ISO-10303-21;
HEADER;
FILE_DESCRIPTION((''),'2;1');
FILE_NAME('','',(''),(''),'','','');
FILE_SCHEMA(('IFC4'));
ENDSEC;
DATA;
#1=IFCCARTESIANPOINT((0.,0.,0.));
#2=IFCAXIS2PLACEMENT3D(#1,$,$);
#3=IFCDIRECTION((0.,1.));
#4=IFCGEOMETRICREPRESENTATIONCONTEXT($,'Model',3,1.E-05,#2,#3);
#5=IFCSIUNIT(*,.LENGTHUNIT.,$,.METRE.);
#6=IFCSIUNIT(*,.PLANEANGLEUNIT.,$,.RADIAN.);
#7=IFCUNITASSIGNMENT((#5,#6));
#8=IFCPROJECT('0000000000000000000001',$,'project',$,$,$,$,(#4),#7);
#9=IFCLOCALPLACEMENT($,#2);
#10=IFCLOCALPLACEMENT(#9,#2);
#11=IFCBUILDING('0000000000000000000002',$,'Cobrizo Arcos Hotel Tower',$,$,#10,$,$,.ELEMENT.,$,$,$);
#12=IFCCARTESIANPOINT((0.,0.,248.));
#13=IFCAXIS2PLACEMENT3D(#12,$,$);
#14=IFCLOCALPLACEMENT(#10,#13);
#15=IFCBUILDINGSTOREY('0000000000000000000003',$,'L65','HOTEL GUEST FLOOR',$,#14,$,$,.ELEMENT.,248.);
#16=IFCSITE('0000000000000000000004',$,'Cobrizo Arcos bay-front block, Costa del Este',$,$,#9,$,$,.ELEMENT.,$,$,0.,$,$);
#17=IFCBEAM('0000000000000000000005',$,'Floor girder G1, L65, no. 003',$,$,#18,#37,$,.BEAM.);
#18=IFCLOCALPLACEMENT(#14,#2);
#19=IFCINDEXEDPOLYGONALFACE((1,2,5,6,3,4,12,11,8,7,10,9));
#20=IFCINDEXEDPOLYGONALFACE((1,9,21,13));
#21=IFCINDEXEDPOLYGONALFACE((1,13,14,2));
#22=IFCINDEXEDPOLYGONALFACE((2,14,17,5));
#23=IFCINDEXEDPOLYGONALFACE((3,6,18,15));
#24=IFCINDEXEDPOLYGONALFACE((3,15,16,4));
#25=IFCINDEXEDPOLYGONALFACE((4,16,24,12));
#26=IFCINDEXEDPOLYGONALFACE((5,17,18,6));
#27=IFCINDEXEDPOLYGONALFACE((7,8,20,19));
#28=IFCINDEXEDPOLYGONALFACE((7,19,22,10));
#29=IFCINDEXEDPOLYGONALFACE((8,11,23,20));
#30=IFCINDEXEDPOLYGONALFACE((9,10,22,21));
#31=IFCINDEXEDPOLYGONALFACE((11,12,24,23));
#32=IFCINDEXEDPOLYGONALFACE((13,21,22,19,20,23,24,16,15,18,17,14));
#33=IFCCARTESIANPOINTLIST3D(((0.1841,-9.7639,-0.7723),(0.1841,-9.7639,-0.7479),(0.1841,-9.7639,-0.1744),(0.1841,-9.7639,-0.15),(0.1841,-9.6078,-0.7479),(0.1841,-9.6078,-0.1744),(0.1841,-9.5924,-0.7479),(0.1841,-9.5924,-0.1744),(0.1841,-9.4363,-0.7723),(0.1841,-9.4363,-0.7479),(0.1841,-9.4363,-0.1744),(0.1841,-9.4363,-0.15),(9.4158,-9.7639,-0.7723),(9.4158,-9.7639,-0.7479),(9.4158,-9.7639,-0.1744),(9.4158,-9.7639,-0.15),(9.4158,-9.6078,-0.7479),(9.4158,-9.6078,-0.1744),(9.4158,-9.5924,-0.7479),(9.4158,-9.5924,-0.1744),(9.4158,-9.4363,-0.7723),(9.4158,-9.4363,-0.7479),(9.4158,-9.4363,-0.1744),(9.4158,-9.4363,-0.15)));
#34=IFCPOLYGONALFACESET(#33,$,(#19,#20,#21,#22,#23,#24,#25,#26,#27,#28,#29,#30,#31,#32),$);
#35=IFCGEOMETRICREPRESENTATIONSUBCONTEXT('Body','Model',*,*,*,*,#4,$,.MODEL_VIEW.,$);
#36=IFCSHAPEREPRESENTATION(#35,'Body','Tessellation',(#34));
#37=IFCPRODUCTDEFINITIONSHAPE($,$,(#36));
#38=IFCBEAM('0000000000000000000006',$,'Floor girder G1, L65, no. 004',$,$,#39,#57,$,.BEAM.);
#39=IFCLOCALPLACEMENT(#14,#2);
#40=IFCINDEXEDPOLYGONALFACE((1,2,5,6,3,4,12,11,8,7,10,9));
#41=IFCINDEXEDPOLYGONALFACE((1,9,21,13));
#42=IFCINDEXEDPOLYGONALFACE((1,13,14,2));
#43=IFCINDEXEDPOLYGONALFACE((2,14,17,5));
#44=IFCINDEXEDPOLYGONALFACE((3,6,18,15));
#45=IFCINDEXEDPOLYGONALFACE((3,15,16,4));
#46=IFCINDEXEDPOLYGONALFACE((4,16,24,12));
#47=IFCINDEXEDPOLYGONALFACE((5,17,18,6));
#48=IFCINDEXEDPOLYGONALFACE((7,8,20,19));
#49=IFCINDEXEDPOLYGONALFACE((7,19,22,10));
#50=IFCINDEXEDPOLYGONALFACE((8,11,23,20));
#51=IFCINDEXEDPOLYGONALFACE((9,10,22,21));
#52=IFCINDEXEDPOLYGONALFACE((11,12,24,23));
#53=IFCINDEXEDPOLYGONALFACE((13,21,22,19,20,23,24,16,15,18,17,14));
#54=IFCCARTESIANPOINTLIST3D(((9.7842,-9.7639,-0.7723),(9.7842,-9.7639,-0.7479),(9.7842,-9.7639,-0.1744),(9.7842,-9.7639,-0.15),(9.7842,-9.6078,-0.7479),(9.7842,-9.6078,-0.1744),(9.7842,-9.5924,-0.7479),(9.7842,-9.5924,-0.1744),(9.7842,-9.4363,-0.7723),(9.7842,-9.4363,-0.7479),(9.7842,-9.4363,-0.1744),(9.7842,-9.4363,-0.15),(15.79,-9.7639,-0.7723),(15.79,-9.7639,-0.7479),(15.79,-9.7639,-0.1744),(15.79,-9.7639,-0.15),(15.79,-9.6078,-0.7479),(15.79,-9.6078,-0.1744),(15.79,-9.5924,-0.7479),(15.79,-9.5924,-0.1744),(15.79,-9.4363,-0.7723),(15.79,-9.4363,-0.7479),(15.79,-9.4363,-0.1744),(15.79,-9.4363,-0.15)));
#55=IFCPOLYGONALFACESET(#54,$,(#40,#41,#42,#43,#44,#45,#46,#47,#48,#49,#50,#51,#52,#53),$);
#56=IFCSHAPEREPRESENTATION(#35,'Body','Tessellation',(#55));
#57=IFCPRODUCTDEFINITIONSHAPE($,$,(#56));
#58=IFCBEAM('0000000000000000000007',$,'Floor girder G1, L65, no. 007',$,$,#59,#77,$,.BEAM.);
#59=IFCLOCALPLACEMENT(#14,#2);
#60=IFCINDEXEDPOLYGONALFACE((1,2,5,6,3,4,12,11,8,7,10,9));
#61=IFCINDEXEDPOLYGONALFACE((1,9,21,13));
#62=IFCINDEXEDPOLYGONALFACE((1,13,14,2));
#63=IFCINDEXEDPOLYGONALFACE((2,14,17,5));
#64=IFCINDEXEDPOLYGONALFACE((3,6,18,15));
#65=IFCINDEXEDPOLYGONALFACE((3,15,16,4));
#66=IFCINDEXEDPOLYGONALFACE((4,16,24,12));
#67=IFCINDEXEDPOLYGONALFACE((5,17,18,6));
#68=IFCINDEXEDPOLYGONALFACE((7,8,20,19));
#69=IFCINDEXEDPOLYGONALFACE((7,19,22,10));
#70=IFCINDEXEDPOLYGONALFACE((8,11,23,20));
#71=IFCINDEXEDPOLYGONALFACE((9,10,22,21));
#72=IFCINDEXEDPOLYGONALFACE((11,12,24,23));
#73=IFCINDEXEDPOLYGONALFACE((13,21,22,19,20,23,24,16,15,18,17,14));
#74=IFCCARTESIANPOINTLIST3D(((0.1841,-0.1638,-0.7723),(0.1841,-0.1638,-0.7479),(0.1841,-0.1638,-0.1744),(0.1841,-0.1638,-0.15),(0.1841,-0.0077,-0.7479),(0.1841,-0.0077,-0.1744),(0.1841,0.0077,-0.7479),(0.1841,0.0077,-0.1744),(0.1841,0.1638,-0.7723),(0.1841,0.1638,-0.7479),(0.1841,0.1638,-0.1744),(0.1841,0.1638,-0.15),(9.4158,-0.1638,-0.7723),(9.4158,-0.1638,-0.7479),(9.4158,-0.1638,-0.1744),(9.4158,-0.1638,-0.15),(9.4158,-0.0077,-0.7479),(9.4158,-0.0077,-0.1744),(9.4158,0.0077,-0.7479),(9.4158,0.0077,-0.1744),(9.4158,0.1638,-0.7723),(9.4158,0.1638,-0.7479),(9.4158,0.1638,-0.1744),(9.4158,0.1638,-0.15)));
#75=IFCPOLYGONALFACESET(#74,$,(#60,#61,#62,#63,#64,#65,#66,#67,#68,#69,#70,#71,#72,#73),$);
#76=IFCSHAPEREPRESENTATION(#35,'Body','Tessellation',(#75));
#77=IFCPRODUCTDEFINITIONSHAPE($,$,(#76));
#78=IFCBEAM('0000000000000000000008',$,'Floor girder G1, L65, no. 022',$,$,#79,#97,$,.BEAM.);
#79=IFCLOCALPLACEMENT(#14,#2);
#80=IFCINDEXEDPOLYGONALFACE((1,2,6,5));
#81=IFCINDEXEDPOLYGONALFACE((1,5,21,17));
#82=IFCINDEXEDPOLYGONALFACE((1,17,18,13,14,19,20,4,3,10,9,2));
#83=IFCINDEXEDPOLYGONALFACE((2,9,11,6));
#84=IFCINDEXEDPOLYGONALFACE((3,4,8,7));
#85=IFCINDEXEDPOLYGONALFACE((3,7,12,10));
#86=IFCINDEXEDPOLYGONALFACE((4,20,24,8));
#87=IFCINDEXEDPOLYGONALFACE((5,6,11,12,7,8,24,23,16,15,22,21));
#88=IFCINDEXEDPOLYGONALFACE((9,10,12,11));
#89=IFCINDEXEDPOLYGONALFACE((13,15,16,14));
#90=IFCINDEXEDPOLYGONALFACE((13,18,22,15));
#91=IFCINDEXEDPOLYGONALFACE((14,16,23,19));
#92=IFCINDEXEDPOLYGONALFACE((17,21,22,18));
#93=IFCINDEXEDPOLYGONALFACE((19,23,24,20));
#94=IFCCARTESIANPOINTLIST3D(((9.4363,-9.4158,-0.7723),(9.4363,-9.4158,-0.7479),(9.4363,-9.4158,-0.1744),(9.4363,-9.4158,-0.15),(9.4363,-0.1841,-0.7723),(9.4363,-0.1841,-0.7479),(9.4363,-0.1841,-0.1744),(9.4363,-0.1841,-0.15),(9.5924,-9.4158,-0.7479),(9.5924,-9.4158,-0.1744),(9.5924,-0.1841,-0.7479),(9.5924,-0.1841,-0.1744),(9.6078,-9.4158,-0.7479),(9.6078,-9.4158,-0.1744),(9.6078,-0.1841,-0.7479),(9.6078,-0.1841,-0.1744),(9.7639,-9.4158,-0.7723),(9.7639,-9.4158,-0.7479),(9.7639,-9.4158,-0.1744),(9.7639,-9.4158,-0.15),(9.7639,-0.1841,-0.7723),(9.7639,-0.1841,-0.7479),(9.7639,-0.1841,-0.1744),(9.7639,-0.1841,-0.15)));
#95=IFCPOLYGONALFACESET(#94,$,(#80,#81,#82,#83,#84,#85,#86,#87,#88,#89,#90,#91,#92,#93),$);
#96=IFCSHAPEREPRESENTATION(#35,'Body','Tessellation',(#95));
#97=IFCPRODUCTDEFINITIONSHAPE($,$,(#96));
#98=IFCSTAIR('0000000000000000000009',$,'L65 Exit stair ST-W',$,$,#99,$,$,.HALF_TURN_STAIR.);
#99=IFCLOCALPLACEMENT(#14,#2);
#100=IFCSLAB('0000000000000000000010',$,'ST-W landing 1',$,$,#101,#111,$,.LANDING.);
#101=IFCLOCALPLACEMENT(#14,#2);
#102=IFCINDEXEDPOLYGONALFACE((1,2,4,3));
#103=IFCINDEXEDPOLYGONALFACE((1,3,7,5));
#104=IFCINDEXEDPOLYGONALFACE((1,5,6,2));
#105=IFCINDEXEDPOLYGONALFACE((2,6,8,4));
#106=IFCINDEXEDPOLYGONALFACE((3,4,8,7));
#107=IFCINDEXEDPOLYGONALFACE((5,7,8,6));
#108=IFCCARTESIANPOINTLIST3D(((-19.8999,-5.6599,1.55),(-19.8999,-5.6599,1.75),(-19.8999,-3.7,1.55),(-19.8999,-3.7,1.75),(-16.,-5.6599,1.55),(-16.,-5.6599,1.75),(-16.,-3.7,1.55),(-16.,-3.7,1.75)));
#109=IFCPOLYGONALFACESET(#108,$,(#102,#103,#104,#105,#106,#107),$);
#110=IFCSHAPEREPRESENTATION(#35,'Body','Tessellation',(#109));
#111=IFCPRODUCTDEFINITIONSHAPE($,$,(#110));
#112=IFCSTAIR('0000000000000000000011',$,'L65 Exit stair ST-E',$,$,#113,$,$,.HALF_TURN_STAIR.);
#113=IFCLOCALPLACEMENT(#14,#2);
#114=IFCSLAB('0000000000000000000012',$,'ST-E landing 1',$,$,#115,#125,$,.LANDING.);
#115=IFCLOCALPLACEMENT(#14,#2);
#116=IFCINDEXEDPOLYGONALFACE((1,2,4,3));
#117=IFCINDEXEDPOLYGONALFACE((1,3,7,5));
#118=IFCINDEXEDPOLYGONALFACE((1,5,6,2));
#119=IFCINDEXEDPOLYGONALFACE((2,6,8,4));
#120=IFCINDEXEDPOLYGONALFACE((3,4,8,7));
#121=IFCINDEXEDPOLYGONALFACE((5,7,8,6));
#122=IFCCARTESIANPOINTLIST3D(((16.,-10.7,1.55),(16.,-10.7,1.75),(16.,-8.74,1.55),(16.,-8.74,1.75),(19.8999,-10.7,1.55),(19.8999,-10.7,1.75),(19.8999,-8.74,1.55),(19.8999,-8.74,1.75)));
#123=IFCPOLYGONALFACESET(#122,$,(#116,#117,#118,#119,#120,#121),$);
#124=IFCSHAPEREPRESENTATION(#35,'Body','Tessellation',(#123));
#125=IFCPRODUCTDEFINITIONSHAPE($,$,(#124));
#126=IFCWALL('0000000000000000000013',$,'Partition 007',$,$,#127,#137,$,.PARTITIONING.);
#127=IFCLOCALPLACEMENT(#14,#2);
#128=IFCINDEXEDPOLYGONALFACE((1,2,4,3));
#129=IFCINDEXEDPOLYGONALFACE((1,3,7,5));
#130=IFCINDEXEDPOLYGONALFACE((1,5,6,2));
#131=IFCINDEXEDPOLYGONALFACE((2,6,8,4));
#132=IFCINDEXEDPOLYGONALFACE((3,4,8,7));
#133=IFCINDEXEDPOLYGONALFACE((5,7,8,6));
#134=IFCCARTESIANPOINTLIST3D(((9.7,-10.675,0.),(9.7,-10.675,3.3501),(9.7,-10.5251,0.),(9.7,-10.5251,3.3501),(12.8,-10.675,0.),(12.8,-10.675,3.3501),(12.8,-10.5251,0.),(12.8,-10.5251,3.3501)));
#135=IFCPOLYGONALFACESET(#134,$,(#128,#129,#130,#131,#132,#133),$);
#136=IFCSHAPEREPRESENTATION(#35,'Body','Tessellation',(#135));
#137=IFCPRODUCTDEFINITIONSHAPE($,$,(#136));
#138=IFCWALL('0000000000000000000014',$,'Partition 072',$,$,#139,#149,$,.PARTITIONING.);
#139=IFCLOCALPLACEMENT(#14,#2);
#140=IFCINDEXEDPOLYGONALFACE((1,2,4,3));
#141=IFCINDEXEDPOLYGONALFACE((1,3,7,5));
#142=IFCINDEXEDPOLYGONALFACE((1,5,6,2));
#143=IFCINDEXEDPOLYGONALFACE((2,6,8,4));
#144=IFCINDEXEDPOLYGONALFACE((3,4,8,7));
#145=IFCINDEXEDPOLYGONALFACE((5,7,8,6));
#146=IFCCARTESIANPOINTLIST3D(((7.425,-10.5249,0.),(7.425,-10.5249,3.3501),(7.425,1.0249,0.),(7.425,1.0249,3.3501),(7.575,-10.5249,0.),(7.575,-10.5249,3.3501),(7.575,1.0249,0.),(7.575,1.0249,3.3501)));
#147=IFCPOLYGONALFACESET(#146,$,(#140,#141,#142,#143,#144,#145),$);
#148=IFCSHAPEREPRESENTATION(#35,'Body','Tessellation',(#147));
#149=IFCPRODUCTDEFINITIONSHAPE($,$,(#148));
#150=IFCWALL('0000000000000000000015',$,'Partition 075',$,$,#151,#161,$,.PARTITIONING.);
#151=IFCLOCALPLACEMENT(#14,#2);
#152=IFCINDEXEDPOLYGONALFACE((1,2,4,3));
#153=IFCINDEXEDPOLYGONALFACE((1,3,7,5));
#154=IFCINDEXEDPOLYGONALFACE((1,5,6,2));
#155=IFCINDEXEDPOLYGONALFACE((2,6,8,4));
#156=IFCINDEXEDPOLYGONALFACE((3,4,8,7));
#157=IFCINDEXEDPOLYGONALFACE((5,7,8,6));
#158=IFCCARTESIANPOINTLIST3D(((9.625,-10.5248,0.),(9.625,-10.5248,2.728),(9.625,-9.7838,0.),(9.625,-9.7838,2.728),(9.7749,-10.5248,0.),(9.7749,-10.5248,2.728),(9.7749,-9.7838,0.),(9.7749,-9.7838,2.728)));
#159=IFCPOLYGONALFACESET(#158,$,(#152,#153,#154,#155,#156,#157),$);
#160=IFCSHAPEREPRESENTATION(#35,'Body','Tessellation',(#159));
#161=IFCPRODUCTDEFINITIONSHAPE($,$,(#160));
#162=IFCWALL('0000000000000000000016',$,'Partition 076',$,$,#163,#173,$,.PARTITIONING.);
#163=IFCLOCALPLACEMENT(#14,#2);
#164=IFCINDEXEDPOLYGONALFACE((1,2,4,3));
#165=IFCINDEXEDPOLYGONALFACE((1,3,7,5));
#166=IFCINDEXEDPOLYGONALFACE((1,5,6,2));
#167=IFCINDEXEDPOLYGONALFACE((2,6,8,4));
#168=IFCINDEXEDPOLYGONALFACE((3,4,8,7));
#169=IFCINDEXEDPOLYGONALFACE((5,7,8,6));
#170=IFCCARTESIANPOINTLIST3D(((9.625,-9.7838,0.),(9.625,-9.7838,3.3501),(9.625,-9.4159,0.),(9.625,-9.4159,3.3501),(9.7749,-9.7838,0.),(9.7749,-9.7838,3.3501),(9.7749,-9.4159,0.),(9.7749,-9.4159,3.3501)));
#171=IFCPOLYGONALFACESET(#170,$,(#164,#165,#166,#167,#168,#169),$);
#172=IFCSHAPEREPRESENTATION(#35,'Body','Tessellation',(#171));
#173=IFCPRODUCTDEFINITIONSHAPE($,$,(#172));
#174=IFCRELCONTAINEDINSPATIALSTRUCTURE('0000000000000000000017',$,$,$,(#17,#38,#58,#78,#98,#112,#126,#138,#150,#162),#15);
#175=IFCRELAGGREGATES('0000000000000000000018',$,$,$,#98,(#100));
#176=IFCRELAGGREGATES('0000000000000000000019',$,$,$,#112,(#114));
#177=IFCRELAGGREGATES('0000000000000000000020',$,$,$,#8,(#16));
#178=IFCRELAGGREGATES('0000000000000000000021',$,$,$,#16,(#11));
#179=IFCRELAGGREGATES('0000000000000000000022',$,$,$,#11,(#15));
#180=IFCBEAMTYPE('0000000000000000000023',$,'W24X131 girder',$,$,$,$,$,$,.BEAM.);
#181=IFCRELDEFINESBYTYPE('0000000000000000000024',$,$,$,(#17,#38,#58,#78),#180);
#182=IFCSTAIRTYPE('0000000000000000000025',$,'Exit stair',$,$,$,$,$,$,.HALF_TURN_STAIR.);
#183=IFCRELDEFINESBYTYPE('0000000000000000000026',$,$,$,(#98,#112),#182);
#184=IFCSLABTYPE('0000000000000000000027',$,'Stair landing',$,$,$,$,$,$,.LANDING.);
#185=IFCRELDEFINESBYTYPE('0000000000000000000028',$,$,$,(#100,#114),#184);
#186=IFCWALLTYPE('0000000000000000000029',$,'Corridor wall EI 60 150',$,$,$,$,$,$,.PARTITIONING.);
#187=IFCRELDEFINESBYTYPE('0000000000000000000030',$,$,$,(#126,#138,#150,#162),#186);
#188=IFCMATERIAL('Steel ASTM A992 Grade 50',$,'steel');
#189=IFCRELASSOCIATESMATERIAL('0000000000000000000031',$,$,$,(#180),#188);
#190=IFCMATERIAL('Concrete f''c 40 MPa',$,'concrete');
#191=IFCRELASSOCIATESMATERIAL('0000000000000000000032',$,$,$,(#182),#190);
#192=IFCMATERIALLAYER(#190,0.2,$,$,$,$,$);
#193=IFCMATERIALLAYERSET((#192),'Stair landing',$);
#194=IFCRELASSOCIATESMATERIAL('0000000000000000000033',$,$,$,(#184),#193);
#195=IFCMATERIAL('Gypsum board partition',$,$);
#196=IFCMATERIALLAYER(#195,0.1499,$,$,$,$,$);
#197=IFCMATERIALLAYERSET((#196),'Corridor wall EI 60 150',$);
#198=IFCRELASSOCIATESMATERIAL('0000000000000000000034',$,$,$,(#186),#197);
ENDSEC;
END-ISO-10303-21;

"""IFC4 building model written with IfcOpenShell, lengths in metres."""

from ifc_helpers import new_model, si_unit, direction, frame, frame_2d, origin, origin_2d, place, context, subcontext, project, spatial, polyline, rectangle, i_section, outline, extrude, material, layer, layer_set, material_profile, profile_set, type_object, element, aggregate, save


model = new_model("IFC4")

# Units and contexts
model_context = context("Model", 3, precision=1e-05, world=origin(), true_north=direction((0.0, 1.0)))
body_context = subcontext(model_context, "Body", "Model", "MODEL_VIEW")
ifc_project = project(units=[si_unit("LENGTHUNIT", "METRE"), si_unit("PLANEANGLEUNIT", "RADIAN")], contexts=[model_context])

# Site, building, storey
site_placement = place(None, origin())
site = spatial("IfcSite", under=ifc_project, at=site_placement, Name="Cobrizo Arcos bay-front block, Costa del Este", CompositionType="ELEMENT", RefElevation=0.0)
building_placement = place(site_placement, origin())
building = spatial("IfcBuilding", under=site, at=building_placement, Name="Cobrizo Arcos Hotel Tower", CompositionType="ELEMENT")
storey_placement = place(building_placement, frame((0.0, 0.0, 248.0)))
storey = spatial("IfcBuildingStorey", under=building, at=storey_placement, Name="L65", Description="HOTEL GUEST FLOOR", CompositionType="ELEMENT", Elevation=248.0)

# Shared definitions
ifc_material_1 = material(Name="Steel ASTM A992 Grade 50", Category="steel")

# Beams
ifc_material_profile_1 = material_profile(ifc_material_1, i_section(OverallWidth=0.3276, OverallDepth=0.6223, WebThickness=0.0154, FlangeThickness=0.0244, at=origin_2d()), Name="W24X131")
ifc_profile_set_1 = profile_set([ifc_material_profile_1], Name="Steel ASTM A992 Grade 50")
beam_type_1 = type_object("IfcBeamType", Name="W24X131 girder", PredefinedType="BEAM", material=ifc_profile_set_1)
beam_1_placement = place(storey_placement, frame((0.1841, -9.6001, -0.4612), z_axis=(1.0, 0.0, 0.0), x_axis=(0.0, 1.0, 0.0)))
element("IfcBeam", 1, at=beam_1_placement, inside=storey, type_object=beam_type_1, Name="Floor girder G1, L65, no. 003", PredefinedType="BEAM", context=body_context, shape_type="SweptSolid", body=[
    extrude(i_section(OverallWidth=0.3276, OverallDepth=0.6223, WebThickness=0.0154, FlangeThickness=0.0244, at=origin_2d()), origin(), (0.0, 0.0, 1.0), 9.2317),
])
beam_2_placement = place(storey_placement, frame((9.7842, -9.6001, -0.4612), z_axis=(1.0, 0.0, 0.0), x_axis=(0.0, 1.0, 0.0)))
element("IfcBeam", 2, at=beam_2_placement, inside=storey, type_object=beam_type_1, Name="Floor girder G1, L65, no. 004", PredefinedType="BEAM", context=body_context, shape_type="SweptSolid", body=[
    extrude(i_section(OverallWidth=0.3276, OverallDepth=0.6223, WebThickness=0.0154, FlangeThickness=0.0244, at=origin_2d()), origin(), (0.0, 0.0, 1.0), 6.0059),
])
for number, where, z_axis, x_axis, name in (
    (3, (0.1841, 0.0, -0.4612), (1.0, 0.0, 0.0), (0.0, 1.0, 0.0), "Floor girder G1, L65, no. 007"),
    (4, (9.6001, -9.4158, -0.4612), (0.0, 1.0, 0.0), (-1.0, 0.0, 0.0), "Floor girder G1, L65, no. 022"),
):
    element("IfcBeam", number, at=place(storey_placement, frame(where, z_axis=z_axis, x_axis=x_axis)), inside=storey, type_object=beam_type_1, Name=name, PredefinedType="BEAM", context=body_context, shape_type="SweptSolid", body=[
        extrude(i_section(OverallWidth=0.3276, OverallDepth=0.6223, WebThickness=0.0154, FlangeThickness=0.0244, at=origin_2d()), origin(), (0.0, 0.0, 1.0), 9.2317),
    ])

# Stairs, slabs
ifc_material_2 = material(Name="Concrete f'c 40 MPa", Category="concrete")
stair_type = type_object("IfcStairType", Name="Exit stair", PredefinedType="HALF_TURN_STAIR", material=ifc_material_2)
stair_1_placement = place(storey_placement, origin())
stair_1 = element("IfcStair", 5, at=stair_1_placement, inside=storey, type_object=stair_type, Name="L65 Exit stair ST-W", PredefinedType="HALF_TURN_STAIR")
ifc_layer_1 = layer(ifc_material_2, 0.2)
ifc_layer_set_1 = layer_set([ifc_layer_1], Name="Stair landing")
slab_type = type_object("IfcSlabType", Name="Stair landing", PredefinedType="LANDING", material=ifc_layer_set_1)
slab_1_placement = place(storey_placement, frame((0.0, 0.0, 1.55)))
slab_1 = element("IfcSlab", 6, at=slab_1_placement, type_object=slab_type, Name="ST-W landing 1", PredefinedType="LANDING", context=body_context, shape_type="SweptSolid", body=[
    extrude(outline(polyline([(-16.0, -5.6599), (-16.0, -3.7), (-19.8999, -3.7), (-19.8999, -5.6599), (-16.0, -5.6599)])), origin(), (0.0, 0.0, 1.0), 0.2),
])
aggregate(stair_1, [slab_1])
stair_2_placement = place(storey_placement, origin())
stair_2 = element("IfcStair", 7, at=stair_2_placement, inside=storey, type_object=stair_type, Name="L65 Exit stair ST-E", PredefinedType="HALF_TURN_STAIR")
slab_2_placement = place(storey_placement, frame((0.0, 0.0, 1.55)))
slab_2 = element("IfcSlab", 8, at=slab_2_placement, type_object=slab_type, Name="ST-E landing 1", PredefinedType="LANDING", context=body_context, shape_type="SweptSolid", body=[
    extrude(outline(polyline([(16.0, -8.74), (16.0, -10.7), (19.8999, -10.7), (19.8999, -8.74), (16.0, -8.74)])), origin(), (0.0, 0.0, 1.0), 0.2),
])
aggregate(stair_2, [slab_2])

# Walls
ifc_material_3 = material(Name="Gypsum board partition")
ifc_layer_2 = layer(ifc_material_3, 0.1499)
ifc_layer_set_2 = layer_set([ifc_layer_2], Name="Corridor wall EI 60 150")
wall_type_1 = type_object("IfcWallType", Name="Corridor wall EI 60 150", PredefinedType="PARTITIONING", material=ifc_layer_set_2)
wall_1_placement = place(storey_placement, frame((9.7, -10.6001, 0.0), z_axis=(0.0, 0.0, 1.0), x_axis=(1.0, 0.0, 0.0)))
element("IfcWall", 9, at=wall_1_placement, inside=storey, type_object=wall_type_1, Name="Partition 007", PredefinedType="PARTITIONING", context=body_context, shape_type="SweptSolid", body=[
    extrude(rectangle(XDim=3.1001, YDim=0.1499, at=frame_2d((1.55, 0.0))), origin(), (0.0, 0.0, 1.0), 3.3501),
])
wall_2_placement = place(storey_placement, frame((7.5, -10.5249, 0.0), z_axis=(0.0, 0.0, 1.0), x_axis=(0.0, 1.0, 0.0)))
element("IfcWall", 10, at=wall_2_placement, inside=storey, type_object=wall_type_1, Name="Partition 072", PredefinedType="PARTITIONING", context=body_context, shape_type="SweptSolid", body=[
    extrude(rectangle(XDim=11.5498, YDim=0.1499, at=frame_2d((5.7749, 0.0))), origin(), (0.0, 0.0, 1.0), 3.3501),
])
wall_3_placement = place(storey_placement, frame((9.7, -10.5249, 0.0), z_axis=(0.0, 0.0, 1.0), x_axis=(0.0, 1.0, 0.0)))
element("IfcWall", 11, at=wall_3_placement, inside=storey, type_object=wall_type_1, Name="Partition 075", PredefinedType="PARTITIONING", context=body_context, shape_type="SweptSolid", body=[
    extrude(rectangle(XDim=0.741, YDim=0.1499, at=frame_2d((0.3706, 0.0))), origin(), (0.0, 0.0, 1.0), 2.728),
])
wall_4_placement = place(storey_placement, frame((9.7, -9.7839, 0.0), z_axis=(0.0, 0.0, 1.0), x_axis=(0.0, 1.0, 0.0)))
element("IfcWall", 12, at=wall_4_placement, inside=storey, type_object=wall_type_1, Name="Partition 076", PredefinedType="PARTITIONING", context=body_context, shape_type="SweptSolid", body=[
    extrude(rectangle(XDim=0.3679, YDim=0.1499, at=frame_2d((0.1841, 0.0))), origin(), (0.0, 0.0, 1.0), 3.3501),
])

save(model, "model.ifc")
